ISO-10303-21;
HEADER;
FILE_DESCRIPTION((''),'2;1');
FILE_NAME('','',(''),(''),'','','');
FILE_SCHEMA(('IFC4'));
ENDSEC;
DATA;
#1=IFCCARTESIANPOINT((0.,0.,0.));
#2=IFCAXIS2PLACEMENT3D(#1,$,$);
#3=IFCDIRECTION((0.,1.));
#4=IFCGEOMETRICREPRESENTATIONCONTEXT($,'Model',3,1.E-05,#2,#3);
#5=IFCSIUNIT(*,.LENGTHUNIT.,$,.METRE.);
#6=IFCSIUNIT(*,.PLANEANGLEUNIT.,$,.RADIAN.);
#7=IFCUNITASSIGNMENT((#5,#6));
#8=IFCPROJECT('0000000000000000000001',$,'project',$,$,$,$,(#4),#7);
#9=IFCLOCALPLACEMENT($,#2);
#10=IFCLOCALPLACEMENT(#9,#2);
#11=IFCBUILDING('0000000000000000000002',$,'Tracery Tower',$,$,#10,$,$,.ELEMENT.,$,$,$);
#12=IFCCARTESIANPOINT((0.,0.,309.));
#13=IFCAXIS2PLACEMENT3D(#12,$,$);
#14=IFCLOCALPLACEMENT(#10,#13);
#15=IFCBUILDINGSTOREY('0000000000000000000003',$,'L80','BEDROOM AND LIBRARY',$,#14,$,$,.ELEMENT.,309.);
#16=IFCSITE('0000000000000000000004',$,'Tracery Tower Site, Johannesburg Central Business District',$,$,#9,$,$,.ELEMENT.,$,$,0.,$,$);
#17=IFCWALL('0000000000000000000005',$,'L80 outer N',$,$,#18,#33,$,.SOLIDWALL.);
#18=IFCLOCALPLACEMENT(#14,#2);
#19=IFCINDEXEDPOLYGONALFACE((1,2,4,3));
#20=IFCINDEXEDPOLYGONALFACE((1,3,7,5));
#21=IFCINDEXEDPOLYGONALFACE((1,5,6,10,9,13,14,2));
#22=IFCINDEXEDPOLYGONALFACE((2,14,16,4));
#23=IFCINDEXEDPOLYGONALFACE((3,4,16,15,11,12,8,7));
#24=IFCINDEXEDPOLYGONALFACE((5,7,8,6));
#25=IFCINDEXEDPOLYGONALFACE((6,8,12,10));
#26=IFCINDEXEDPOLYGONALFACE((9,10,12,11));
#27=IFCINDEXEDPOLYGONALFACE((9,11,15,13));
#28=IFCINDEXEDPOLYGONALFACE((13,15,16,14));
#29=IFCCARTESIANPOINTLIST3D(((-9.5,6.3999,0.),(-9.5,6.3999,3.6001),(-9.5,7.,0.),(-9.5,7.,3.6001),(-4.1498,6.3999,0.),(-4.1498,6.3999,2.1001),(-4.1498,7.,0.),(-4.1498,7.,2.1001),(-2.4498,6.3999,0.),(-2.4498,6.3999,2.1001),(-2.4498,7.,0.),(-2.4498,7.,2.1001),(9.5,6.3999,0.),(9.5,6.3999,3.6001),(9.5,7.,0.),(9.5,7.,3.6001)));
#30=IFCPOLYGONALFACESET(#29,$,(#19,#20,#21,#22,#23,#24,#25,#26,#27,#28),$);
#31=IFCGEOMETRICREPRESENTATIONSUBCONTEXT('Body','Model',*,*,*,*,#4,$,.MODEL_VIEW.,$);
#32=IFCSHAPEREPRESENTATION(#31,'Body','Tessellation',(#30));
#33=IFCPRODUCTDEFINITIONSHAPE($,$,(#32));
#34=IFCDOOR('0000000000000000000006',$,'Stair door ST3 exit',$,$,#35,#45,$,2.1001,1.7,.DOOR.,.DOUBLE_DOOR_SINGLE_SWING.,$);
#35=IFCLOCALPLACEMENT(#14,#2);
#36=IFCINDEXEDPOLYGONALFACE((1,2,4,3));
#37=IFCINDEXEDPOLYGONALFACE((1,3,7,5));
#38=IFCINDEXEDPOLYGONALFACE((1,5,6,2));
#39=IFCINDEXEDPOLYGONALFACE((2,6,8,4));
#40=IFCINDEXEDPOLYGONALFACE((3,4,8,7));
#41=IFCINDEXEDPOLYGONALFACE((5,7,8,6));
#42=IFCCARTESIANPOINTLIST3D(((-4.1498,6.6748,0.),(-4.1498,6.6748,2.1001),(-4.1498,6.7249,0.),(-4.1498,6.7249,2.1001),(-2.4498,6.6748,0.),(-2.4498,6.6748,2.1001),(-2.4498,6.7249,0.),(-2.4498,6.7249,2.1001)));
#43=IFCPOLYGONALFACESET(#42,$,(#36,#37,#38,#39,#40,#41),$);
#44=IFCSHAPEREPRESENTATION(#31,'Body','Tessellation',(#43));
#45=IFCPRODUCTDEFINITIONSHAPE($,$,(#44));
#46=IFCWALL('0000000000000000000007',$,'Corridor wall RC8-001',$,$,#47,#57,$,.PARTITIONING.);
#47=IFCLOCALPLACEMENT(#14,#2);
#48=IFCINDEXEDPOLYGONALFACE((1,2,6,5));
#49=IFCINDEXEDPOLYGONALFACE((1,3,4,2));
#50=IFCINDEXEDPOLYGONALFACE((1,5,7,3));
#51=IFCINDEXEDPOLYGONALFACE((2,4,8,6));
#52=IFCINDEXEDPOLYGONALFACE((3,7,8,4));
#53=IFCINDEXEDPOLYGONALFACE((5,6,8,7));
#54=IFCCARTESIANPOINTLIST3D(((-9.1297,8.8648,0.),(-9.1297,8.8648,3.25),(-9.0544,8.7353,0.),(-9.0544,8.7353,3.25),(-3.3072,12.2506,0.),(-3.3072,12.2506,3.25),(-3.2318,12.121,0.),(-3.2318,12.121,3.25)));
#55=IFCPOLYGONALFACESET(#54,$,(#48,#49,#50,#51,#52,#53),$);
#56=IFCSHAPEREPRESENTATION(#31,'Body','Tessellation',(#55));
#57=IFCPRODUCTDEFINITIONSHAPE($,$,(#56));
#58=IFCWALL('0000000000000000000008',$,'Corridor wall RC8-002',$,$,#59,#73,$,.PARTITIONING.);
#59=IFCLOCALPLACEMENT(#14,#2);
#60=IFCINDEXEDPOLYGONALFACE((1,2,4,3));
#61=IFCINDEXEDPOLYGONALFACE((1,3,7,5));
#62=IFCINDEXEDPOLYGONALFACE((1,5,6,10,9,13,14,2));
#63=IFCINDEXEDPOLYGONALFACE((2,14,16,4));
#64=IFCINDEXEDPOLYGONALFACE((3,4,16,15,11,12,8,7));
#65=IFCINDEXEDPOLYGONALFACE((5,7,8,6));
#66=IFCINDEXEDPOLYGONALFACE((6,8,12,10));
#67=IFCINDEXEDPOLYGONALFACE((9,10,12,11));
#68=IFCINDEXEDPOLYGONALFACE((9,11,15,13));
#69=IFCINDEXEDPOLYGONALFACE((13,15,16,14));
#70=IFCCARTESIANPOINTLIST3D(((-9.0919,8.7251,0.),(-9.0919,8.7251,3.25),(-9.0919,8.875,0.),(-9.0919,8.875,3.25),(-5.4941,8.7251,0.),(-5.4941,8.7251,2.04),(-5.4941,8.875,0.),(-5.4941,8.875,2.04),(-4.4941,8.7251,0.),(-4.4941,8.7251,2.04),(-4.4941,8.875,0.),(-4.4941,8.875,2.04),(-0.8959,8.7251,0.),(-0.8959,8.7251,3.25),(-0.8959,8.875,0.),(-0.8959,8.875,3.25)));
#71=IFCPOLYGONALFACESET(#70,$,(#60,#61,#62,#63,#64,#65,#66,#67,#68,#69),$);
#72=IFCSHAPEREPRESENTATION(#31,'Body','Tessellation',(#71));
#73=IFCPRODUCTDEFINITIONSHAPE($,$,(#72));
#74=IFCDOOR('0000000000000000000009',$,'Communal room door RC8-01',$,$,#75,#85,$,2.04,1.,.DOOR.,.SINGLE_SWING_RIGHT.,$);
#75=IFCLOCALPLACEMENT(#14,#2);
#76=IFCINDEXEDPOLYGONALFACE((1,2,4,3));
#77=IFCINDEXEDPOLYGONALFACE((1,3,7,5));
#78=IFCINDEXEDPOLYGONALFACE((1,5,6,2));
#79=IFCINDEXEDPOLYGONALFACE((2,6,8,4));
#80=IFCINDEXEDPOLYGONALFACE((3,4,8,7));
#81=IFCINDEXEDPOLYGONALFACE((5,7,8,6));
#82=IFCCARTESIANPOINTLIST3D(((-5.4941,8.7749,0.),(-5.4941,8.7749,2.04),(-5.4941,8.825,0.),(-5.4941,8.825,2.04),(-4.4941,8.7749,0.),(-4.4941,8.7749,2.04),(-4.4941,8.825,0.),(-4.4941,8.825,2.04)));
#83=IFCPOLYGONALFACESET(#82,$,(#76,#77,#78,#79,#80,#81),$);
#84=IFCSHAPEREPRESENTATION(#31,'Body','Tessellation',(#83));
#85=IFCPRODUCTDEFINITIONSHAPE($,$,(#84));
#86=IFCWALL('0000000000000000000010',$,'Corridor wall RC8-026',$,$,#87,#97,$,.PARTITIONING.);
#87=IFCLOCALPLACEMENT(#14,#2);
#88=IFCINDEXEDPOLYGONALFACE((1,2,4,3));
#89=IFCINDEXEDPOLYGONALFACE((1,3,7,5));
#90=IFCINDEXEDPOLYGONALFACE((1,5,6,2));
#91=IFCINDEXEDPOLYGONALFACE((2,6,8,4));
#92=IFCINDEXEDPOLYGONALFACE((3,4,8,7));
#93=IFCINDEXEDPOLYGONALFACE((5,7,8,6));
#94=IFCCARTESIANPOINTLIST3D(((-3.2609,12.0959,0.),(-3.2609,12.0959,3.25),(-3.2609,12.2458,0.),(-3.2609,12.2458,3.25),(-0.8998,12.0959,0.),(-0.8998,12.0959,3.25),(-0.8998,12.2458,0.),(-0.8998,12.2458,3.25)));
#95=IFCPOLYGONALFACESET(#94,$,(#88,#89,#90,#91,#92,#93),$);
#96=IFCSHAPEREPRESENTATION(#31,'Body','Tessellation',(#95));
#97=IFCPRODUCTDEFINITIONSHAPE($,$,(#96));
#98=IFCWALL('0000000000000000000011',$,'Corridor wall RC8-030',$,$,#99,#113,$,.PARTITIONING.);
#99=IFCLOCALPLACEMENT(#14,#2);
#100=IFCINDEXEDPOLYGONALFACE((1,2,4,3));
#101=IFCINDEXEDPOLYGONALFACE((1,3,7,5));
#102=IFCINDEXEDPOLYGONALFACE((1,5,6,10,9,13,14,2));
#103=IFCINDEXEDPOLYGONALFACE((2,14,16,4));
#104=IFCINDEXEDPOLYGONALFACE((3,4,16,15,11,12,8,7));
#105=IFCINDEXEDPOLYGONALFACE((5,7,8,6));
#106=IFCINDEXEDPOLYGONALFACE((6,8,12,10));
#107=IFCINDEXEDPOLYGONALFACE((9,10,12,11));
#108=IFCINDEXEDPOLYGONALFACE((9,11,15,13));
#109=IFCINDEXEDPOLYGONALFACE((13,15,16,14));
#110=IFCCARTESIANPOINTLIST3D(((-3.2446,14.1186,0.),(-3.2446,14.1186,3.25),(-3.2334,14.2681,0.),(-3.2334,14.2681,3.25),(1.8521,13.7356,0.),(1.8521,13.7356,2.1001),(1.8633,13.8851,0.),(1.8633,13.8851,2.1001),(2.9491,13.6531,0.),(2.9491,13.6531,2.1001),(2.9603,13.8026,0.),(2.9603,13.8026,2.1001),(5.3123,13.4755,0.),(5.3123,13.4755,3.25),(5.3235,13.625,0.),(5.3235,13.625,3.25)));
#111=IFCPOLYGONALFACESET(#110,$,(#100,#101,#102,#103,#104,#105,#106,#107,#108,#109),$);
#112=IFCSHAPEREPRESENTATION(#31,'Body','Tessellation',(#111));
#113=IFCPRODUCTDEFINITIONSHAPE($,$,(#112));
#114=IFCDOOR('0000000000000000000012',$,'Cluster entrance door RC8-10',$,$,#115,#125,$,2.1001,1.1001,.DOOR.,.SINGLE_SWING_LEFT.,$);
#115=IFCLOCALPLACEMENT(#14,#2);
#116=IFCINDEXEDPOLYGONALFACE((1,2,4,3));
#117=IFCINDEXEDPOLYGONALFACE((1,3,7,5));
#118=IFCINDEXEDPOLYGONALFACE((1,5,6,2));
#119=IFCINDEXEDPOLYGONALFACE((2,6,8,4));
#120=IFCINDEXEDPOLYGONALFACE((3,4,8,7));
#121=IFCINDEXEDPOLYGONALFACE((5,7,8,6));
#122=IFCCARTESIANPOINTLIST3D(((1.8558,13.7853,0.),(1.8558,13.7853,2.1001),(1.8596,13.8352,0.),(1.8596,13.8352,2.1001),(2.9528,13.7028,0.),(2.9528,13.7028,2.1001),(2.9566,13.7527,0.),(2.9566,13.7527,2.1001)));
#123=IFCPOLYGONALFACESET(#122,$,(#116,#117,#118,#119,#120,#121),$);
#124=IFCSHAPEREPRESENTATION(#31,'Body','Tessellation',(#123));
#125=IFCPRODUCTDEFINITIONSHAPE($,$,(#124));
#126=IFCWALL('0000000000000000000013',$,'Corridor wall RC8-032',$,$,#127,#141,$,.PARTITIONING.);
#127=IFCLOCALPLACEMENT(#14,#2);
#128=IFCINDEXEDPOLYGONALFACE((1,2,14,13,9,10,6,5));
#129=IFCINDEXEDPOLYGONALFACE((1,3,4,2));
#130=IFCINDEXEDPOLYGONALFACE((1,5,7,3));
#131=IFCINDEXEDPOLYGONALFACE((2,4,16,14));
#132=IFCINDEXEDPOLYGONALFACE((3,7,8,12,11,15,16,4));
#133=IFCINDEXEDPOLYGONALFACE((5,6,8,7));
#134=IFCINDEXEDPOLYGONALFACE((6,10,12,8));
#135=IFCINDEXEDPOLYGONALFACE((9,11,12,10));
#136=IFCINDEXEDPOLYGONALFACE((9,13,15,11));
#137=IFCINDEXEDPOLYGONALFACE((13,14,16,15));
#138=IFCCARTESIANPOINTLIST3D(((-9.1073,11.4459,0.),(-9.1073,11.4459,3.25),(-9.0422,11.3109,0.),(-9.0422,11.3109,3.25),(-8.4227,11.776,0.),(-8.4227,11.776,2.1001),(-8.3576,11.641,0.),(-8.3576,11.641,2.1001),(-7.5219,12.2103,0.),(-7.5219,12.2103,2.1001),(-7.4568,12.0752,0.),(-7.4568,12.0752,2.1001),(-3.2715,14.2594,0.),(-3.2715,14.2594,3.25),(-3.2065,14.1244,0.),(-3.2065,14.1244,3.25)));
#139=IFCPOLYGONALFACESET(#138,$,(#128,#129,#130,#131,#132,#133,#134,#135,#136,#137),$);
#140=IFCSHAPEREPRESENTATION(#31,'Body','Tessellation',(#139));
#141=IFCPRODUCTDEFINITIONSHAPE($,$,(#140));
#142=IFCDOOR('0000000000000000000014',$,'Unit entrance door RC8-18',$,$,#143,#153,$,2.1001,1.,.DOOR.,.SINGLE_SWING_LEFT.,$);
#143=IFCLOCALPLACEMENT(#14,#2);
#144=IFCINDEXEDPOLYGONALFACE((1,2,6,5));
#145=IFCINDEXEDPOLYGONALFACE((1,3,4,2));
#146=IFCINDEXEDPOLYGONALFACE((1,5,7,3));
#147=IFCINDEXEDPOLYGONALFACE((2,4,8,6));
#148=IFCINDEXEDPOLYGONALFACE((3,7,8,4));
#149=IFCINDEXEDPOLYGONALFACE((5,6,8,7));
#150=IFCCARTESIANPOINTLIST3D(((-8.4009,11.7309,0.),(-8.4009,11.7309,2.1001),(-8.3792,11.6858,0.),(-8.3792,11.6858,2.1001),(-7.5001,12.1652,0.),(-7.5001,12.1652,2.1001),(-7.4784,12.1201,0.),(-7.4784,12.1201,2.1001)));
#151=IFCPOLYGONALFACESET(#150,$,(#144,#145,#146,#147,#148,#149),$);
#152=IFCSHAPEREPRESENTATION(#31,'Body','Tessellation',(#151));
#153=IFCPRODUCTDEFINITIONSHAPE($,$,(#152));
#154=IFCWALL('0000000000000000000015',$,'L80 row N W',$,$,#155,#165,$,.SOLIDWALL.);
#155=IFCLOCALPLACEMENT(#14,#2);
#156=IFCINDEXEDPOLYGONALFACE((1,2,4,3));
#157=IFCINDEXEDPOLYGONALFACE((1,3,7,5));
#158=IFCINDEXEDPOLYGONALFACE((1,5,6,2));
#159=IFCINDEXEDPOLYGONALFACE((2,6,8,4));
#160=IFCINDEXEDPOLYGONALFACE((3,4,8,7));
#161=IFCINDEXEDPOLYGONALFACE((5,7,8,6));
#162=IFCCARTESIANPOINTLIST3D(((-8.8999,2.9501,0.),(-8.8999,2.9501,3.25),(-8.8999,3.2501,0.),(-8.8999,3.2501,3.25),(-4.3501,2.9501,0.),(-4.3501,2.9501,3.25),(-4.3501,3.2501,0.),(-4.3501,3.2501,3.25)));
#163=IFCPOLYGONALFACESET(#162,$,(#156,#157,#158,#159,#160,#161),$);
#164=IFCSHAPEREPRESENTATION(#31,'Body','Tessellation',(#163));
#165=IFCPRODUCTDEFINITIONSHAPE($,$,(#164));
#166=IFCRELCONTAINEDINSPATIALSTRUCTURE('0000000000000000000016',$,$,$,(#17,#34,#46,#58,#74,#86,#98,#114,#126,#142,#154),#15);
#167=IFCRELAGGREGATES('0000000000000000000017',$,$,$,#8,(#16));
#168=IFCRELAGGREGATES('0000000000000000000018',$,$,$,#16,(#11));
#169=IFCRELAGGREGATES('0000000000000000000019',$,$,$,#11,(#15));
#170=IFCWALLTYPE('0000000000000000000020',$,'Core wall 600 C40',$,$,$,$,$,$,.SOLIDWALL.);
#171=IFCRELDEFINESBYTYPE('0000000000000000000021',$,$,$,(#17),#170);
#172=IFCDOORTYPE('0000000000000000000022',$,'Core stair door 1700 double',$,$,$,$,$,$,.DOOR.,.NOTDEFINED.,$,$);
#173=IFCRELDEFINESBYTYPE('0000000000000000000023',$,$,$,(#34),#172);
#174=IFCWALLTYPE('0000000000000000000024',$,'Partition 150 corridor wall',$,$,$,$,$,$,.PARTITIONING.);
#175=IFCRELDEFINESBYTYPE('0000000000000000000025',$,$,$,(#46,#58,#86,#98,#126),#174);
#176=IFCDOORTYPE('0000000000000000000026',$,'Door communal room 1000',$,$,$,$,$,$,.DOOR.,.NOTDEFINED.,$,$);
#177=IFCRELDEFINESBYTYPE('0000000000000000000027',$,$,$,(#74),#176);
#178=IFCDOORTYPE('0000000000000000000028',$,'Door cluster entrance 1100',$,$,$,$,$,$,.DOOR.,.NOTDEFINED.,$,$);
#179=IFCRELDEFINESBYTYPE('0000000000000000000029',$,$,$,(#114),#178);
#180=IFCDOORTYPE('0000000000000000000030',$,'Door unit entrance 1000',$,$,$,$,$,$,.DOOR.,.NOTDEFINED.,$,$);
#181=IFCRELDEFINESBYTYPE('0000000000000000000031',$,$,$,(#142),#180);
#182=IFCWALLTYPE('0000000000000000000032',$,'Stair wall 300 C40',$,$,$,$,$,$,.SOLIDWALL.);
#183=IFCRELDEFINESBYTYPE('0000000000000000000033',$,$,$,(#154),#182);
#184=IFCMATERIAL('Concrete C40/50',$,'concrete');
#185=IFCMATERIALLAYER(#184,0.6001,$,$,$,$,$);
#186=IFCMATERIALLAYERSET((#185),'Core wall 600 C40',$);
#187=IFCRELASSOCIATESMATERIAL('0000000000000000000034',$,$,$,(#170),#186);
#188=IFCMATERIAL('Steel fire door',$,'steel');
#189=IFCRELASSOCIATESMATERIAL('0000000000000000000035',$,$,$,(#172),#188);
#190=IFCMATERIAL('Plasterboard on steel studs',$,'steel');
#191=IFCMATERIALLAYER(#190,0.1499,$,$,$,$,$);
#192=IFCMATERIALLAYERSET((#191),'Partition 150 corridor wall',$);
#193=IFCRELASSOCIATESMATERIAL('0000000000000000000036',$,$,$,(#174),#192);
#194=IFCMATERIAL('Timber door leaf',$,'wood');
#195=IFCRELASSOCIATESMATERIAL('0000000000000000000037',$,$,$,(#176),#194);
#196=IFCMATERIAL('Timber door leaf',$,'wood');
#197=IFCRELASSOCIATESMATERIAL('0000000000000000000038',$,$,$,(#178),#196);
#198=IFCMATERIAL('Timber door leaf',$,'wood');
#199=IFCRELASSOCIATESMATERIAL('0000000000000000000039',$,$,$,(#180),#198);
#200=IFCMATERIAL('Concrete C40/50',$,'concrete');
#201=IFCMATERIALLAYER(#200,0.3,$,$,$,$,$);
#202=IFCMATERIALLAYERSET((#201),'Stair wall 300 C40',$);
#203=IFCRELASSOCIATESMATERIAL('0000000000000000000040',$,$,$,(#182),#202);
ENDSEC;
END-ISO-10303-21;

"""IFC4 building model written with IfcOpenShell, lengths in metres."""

from ifc_helpers import new_model, si_unit, direction, frame, frame_2d, origin, place, context, subcontext, project, spatial, rectangle, extrude, material, layer, layer_set, type_object, element, fill, save


model = new_model("IFC4")

# Units and contexts
model_context = context("Model", 3, precision=1e-05, world=origin(), true_north=direction((0.0, 1.0)))
body_context = subcontext(model_context, "Body", "Model", "MODEL_VIEW")
ifc_project = project(units=[si_unit("LENGTHUNIT", "METRE"), si_unit("PLANEANGLEUNIT", "RADIAN")], contexts=[model_context])

# Site, building, storey
site_placement = place(None, origin())
site = spatial("IfcSite", under=ifc_project, at=site_placement, Name="Tracery Tower Site, Johannesburg Central Business District", CompositionType="ELEMENT", RefElevation=0.0)
building_placement = place(site_placement, origin())
building = spatial("IfcBuilding", under=site, at=building_placement, Name="Tracery Tower", CompositionType="ELEMENT")
storey_placement = place(building_placement, frame((0.0, 0.0, 309.0)))
storey = spatial("IfcBuildingStorey", under=building, at=storey_placement, Name="L80", Description="BEDROOM AND LIBRARY", CompositionType="ELEMENT", Elevation=309.0)

# Wall, opening, door
ifc_material_1 = material(Name="Concrete C40/50", Category="concrete")
ifc_layer_1 = layer(ifc_material_1, 0.6001)
ifc_layer_set_1 = layer_set([ifc_layer_1], Name="Core wall 600 C40")
wall_type_1 = type_object("IfcWallType", Name="Core wall 600 C40", PredefinedType="SOLIDWALL", material=ifc_layer_set_1)
wall_1_placement = place(storey_placement, frame((-9.5, 6.7, 0.0), z_axis=(0.0, 0.0, 1.0), x_axis=(1.0, 0.0, 0.0)))
wall_1 = element("IfcWall", 1, at=wall_1_placement, inside=storey, type_object=wall_type_1, Name="L80 outer N", PredefinedType="SOLIDWALL", context=body_context, shape_type="SweptSolid", body=[
    extrude(rectangle(XDim=19.0, YDim=0.6001, at=frame_2d((9.5, 0.0))), origin(), (0.0, 0.0, 1.0), 3.6001),
])
opening_1_placement = place(wall_1_placement, frame((5.3501, 0.0, 0.0)))
opening_1 = element("IfcOpeningElement", 2, at=opening_1_placement, cuts=wall_1, PredefinedType="OPENING", context=body_context, shape_type="SweptSolid", body=[
    extrude(rectangle(XDim=1.7, YDim=2.1001, at=frame_2d((0.8501, 1.05))), frame((0.0, 0.3, 0.0), z_axis=(0.0, -1.0, 0.0), x_axis=(1.0, 0.0, 0.0)), (0.0, 0.0, 1.0), 0.6001),
])
ifc_material_2 = material(Name="Steel fire door", Category="steel")
door_type_1 = type_object("IfcDoorType", Name="Core stair door 1700 double", OperationType="NOTDEFINED", PredefinedType="DOOR", material=ifc_material_2)
door_1_placement = place(opening_1_placement, origin())
door_1 = element("IfcDoor", 3, at=door_1_placement, inside=storey, type_object=door_type_1, Name="Stair door ST3 exit", OperationType="DOUBLE_DOOR_SINGLE_SWING", OverallHeight=2.1001, OverallWidth=1.7, PredefinedType="DOOR", context=body_context, shape_type="SweptSolid", body=[
    extrude(rectangle(XDim=1.7, YDim=2.1001, at=frame_2d((0.8501, 1.05))), frame((0.0, 0.0249, 0.0), z_axis=(0.0, -1.0, 0.0), x_axis=(1.0, 0.0, 0.0)), (0.0, 0.0, 1.0), 0.05),
])
fill(opening_1, door_1)

# Wall
ifc_material_3 = material(Name="Plasterboard on steel studs", Category="steel")
ifc_layer_2 = layer(ifc_material_3, 0.1499)
ifc_layer_set_2 = layer_set([ifc_layer_2], Name="Partition 150 corridor wall")
wall_type_2 = type_object("IfcWallType", Name="Partition 150 corridor wall", PredefinedType="PARTITIONING", material=ifc_layer_set_2)
wall_2_placement = place(storey_placement, frame((-9.092, 8.8, 0.0), z_axis=(0.0, 0.0, 1.0), x_axis=(0.864471, 0.502683, 0.0)))
element("IfcWall", 4, at=wall_2_placement, inside=storey, type_object=wall_type_2, Name="Corridor wall RC8-001", PredefinedType="PARTITIONING", context=body_context, shape_type="SweptSolid", body=[
    extrude(rectangle(XDim=6.7354, YDim=0.1499, at=frame_2d((3.3677, 0.0))), origin(), (0.0, 0.0, 1.0), 3.25),
])

# Wall, opening, door
wall_3_placement = place(storey_placement, frame((-9.092, 8.8, 0.0), z_axis=(0.0, 0.0, 1.0), x_axis=(1.0, 0.0, 0.0)))
wall_3 = element("IfcWall", 5, at=wall_3_placement, inside=storey, type_object=wall_type_2, Name="Corridor wall RC8-002", PredefinedType="PARTITIONING", context=body_context, shape_type="SweptSolid", body=[
    extrude(rectangle(XDim=8.196, YDim=0.1499, at=frame_2d((4.0981, 0.0))), origin(), (0.0, 0.0, 1.0), 3.25),
])
opening_2_placement = place(wall_3_placement, frame((3.5979, 0.0, 0.0)))
opening_2 = element("IfcOpeningElement", 6, at=opening_2_placement, cuts=wall_3, PredefinedType="OPENING", context=body_context, shape_type="SweptSolid", body=[
    extrude(rectangle(XDim=1.0, YDim=2.04, at=frame_2d((0.5, 1.02))), frame((0.0, 0.075, 0.0), z_axis=(0.0, -1.0, 0.0), x_axis=(1.0, 0.0, 0.0)), (0.0, 0.0, 1.0), 0.1499),
])
ifc_material_4 = material(Name="Timber door leaf", Category="wood")
door_type_2 = type_object("IfcDoorType", Name="Door communal room 1000", OperationType="NOTDEFINED", PredefinedType="DOOR", material=ifc_material_4)
door_2_placement = place(opening_2_placement, origin())
door_2 = element("IfcDoor", 7, at=door_2_placement, inside=storey, type_object=door_type_2, Name="Communal room door RC8-01", OperationType="SINGLE_SWING_RIGHT", OverallHeight=2.04, OverallWidth=1.0, PredefinedType="DOOR", context=body_context, shape_type="SweptSolid", body=[
    extrude(rectangle(XDim=1.0, YDim=2.04, at=frame_2d((0.5, 1.02))), frame((0.0, 0.0249, 0.0), z_axis=(0.0, -1.0, 0.0), x_axis=(1.0, 0.0, 0.0)), (0.0, 0.0, 1.0), 0.05),
])
fill(opening_2, door_2)

# Wall
wall_4_placement = place(storey_placement, frame((-3.261, 12.1709, 0.0), z_axis=(0.0, 0.0, 1.0), x_axis=(1.0, 0.0, 0.0)))
element("IfcWall", 8, at=wall_4_placement, inside=storey, type_object=wall_type_2, Name="Corridor wall RC8-026", PredefinedType="PARTITIONING", context=body_context, shape_type="SweptSolid", body=[
    extrude(rectangle(XDim=2.3611, YDim=0.1499, at=frame_2d((1.1807, 0.0))), origin(), (0.0, 0.0, 1.0), 3.25),
])

# Walls, openings, doors
wall_5_placement = place(storey_placement, frame((-3.239, 14.1934, 0.0), z_axis=(0.0, 0.0, 1.0), x_axis=(0.997188, -0.074941, 0.0)))
wall_5 = element("IfcWall", 9, at=wall_5_placement, inside=storey, type_object=wall_type_2, Name="Corridor wall RC8-030", PredefinedType="PARTITIONING", context=body_context, shape_type="SweptSolid", body=[
    extrude(rectangle(XDim=8.5811, YDim=0.1499, at=frame_2d((4.2905, 0.0))), origin(), (0.0, 0.0, 1.0), 3.25),
])
opening_3_placement = place(wall_5_placement, frame((5.1111, 0.0, 0.0)))
opening_3 = element("IfcOpeningElement", 10, at=opening_3_placement, cuts=wall_5, PredefinedType="OPENING", context=body_context, shape_type="SweptSolid", body=[
    extrude(rectangle(XDim=1.1001, YDim=2.1001, at=frame_2d((0.55, 1.05))), frame((0.0, 0.075, 0.0), z_axis=(0.0, -1.0, 0.0), x_axis=(1.0, 0.0, 0.0)), (0.0, 0.0, 1.0), 0.1499),
])
ifc_material_5 = material(Name="Timber door leaf", Category="wood")
door_type_3 = type_object("IfcDoorType", Name="Door cluster entrance 1100", OperationType="NOTDEFINED", PredefinedType="DOOR", material=ifc_material_5)
door_3_placement = place(opening_3_placement, origin())
door_3 = element("IfcDoor", 11, at=door_3_placement, inside=storey, type_object=door_type_3, Name="Cluster entrance door RC8-10", OperationType="SINGLE_SWING_LEFT", OverallHeight=2.1001, OverallWidth=1.1001, PredefinedType="DOOR", context=body_context, shape_type="SweptSolid", body=[
    extrude(rectangle(XDim=1.1001, YDim=2.1001, at=frame_2d((0.55, 1.05))), frame((0.0, 0.0249, 0.0), z_axis=(0.0, -1.0, 0.0), x_axis=(1.0, 0.0, 0.0)), (0.0, 0.0, 1.0), 0.05),
])
fill(opening_3, door_3)
wall_6_placement = place(storey_placement, frame((-9.0747, 11.3784, 0.0), z_axis=(0.0, 0.0, 1.0), x_axis=(0.900778, 0.434279, 0.0)))
wall_6 = element("IfcWall", 12, at=wall_6_placement, inside=storey, type_object=wall_type_2, Name="Corridor wall RC8-032", PredefinedType="PARTITIONING", context=body_context, shape_type="SweptSolid", body=[
    extrude(rectangle(XDim=6.4785, YDim=0.1499, at=frame_2d((3.2393, 0.0))), origin(), (0.0, 0.0, 1.0), 3.25),
])
opening_4_placement = place(wall_6_placement, frame((0.76, 0.0, 0.0)))
opening_4 = element("IfcOpeningElement", 13, at=opening_4_placement, cuts=wall_6, PredefinedType="OPENING", context=body_context, shape_type="SweptSolid", body=[
    extrude(rectangle(XDim=1.0, YDim=2.1001, at=frame_2d((0.5, 1.05))), frame((0.0, 0.075, 0.0), z_axis=(0.0, -1.0, 0.0), x_axis=(1.0, 0.0, 0.0)), (0.0, 0.0, 1.0), 0.1499),
])
ifc_material_6 = material(Name="Timber door leaf", Category="wood")
door_type_4 = type_object("IfcDoorType", Name="Door unit entrance 1000", OperationType="NOTDEFINED", PredefinedType="DOOR", material=ifc_material_6)
door_4_placement = place(opening_4_placement, origin())
door_4 = element("IfcDoor", 14, at=door_4_placement, inside=storey, type_object=door_type_4, Name="Unit entrance door RC8-18", OperationType="SINGLE_SWING_LEFT", OverallHeight=2.1001, OverallWidth=1.0, PredefinedType="DOOR", context=body_context, shape_type="SweptSolid", body=[
    extrude(rectangle(XDim=1.0, YDim=2.1001, at=frame_2d((0.5, 1.05))), frame((0.0, 0.0249, 0.0), z_axis=(0.0, -1.0, 0.0), x_axis=(1.0, 0.0, 0.0)), (0.0, 0.0, 1.0), 0.05),
])
fill(opening_4, door_4)

# Wall
ifc_material_7 = material(Name="Concrete C40/50", Category="concrete")
ifc_layer_3 = layer(ifc_material_7, 0.3)
ifc_layer_set_3 = layer_set([ifc_layer_3], Name="Stair wall 300 C40")
wall_type_3 = type_object("IfcWallType", Name="Stair wall 300 C40", PredefinedType="SOLIDWALL", material=ifc_layer_set_3)
wall_7_placement = place(storey_placement, frame((-8.8999, 3.1001, 0.0), z_axis=(0.0, 0.0, 1.0), x_axis=(1.0, 0.0, 0.0)))
element("IfcWall", 15, at=wall_7_placement, inside=storey, type_object=wall_type_3, Name="L80 row N W", PredefinedType="SOLIDWALL", context=body_context, shape_type="SweptSolid", body=[
    extrude(rectangle(XDim=4.5498, YDim=0.3, at=frame_2d((2.2749, 0.0))), origin(), (0.0, 0.0, 1.0), 3.25),
])

save(model, "model.ifc")
